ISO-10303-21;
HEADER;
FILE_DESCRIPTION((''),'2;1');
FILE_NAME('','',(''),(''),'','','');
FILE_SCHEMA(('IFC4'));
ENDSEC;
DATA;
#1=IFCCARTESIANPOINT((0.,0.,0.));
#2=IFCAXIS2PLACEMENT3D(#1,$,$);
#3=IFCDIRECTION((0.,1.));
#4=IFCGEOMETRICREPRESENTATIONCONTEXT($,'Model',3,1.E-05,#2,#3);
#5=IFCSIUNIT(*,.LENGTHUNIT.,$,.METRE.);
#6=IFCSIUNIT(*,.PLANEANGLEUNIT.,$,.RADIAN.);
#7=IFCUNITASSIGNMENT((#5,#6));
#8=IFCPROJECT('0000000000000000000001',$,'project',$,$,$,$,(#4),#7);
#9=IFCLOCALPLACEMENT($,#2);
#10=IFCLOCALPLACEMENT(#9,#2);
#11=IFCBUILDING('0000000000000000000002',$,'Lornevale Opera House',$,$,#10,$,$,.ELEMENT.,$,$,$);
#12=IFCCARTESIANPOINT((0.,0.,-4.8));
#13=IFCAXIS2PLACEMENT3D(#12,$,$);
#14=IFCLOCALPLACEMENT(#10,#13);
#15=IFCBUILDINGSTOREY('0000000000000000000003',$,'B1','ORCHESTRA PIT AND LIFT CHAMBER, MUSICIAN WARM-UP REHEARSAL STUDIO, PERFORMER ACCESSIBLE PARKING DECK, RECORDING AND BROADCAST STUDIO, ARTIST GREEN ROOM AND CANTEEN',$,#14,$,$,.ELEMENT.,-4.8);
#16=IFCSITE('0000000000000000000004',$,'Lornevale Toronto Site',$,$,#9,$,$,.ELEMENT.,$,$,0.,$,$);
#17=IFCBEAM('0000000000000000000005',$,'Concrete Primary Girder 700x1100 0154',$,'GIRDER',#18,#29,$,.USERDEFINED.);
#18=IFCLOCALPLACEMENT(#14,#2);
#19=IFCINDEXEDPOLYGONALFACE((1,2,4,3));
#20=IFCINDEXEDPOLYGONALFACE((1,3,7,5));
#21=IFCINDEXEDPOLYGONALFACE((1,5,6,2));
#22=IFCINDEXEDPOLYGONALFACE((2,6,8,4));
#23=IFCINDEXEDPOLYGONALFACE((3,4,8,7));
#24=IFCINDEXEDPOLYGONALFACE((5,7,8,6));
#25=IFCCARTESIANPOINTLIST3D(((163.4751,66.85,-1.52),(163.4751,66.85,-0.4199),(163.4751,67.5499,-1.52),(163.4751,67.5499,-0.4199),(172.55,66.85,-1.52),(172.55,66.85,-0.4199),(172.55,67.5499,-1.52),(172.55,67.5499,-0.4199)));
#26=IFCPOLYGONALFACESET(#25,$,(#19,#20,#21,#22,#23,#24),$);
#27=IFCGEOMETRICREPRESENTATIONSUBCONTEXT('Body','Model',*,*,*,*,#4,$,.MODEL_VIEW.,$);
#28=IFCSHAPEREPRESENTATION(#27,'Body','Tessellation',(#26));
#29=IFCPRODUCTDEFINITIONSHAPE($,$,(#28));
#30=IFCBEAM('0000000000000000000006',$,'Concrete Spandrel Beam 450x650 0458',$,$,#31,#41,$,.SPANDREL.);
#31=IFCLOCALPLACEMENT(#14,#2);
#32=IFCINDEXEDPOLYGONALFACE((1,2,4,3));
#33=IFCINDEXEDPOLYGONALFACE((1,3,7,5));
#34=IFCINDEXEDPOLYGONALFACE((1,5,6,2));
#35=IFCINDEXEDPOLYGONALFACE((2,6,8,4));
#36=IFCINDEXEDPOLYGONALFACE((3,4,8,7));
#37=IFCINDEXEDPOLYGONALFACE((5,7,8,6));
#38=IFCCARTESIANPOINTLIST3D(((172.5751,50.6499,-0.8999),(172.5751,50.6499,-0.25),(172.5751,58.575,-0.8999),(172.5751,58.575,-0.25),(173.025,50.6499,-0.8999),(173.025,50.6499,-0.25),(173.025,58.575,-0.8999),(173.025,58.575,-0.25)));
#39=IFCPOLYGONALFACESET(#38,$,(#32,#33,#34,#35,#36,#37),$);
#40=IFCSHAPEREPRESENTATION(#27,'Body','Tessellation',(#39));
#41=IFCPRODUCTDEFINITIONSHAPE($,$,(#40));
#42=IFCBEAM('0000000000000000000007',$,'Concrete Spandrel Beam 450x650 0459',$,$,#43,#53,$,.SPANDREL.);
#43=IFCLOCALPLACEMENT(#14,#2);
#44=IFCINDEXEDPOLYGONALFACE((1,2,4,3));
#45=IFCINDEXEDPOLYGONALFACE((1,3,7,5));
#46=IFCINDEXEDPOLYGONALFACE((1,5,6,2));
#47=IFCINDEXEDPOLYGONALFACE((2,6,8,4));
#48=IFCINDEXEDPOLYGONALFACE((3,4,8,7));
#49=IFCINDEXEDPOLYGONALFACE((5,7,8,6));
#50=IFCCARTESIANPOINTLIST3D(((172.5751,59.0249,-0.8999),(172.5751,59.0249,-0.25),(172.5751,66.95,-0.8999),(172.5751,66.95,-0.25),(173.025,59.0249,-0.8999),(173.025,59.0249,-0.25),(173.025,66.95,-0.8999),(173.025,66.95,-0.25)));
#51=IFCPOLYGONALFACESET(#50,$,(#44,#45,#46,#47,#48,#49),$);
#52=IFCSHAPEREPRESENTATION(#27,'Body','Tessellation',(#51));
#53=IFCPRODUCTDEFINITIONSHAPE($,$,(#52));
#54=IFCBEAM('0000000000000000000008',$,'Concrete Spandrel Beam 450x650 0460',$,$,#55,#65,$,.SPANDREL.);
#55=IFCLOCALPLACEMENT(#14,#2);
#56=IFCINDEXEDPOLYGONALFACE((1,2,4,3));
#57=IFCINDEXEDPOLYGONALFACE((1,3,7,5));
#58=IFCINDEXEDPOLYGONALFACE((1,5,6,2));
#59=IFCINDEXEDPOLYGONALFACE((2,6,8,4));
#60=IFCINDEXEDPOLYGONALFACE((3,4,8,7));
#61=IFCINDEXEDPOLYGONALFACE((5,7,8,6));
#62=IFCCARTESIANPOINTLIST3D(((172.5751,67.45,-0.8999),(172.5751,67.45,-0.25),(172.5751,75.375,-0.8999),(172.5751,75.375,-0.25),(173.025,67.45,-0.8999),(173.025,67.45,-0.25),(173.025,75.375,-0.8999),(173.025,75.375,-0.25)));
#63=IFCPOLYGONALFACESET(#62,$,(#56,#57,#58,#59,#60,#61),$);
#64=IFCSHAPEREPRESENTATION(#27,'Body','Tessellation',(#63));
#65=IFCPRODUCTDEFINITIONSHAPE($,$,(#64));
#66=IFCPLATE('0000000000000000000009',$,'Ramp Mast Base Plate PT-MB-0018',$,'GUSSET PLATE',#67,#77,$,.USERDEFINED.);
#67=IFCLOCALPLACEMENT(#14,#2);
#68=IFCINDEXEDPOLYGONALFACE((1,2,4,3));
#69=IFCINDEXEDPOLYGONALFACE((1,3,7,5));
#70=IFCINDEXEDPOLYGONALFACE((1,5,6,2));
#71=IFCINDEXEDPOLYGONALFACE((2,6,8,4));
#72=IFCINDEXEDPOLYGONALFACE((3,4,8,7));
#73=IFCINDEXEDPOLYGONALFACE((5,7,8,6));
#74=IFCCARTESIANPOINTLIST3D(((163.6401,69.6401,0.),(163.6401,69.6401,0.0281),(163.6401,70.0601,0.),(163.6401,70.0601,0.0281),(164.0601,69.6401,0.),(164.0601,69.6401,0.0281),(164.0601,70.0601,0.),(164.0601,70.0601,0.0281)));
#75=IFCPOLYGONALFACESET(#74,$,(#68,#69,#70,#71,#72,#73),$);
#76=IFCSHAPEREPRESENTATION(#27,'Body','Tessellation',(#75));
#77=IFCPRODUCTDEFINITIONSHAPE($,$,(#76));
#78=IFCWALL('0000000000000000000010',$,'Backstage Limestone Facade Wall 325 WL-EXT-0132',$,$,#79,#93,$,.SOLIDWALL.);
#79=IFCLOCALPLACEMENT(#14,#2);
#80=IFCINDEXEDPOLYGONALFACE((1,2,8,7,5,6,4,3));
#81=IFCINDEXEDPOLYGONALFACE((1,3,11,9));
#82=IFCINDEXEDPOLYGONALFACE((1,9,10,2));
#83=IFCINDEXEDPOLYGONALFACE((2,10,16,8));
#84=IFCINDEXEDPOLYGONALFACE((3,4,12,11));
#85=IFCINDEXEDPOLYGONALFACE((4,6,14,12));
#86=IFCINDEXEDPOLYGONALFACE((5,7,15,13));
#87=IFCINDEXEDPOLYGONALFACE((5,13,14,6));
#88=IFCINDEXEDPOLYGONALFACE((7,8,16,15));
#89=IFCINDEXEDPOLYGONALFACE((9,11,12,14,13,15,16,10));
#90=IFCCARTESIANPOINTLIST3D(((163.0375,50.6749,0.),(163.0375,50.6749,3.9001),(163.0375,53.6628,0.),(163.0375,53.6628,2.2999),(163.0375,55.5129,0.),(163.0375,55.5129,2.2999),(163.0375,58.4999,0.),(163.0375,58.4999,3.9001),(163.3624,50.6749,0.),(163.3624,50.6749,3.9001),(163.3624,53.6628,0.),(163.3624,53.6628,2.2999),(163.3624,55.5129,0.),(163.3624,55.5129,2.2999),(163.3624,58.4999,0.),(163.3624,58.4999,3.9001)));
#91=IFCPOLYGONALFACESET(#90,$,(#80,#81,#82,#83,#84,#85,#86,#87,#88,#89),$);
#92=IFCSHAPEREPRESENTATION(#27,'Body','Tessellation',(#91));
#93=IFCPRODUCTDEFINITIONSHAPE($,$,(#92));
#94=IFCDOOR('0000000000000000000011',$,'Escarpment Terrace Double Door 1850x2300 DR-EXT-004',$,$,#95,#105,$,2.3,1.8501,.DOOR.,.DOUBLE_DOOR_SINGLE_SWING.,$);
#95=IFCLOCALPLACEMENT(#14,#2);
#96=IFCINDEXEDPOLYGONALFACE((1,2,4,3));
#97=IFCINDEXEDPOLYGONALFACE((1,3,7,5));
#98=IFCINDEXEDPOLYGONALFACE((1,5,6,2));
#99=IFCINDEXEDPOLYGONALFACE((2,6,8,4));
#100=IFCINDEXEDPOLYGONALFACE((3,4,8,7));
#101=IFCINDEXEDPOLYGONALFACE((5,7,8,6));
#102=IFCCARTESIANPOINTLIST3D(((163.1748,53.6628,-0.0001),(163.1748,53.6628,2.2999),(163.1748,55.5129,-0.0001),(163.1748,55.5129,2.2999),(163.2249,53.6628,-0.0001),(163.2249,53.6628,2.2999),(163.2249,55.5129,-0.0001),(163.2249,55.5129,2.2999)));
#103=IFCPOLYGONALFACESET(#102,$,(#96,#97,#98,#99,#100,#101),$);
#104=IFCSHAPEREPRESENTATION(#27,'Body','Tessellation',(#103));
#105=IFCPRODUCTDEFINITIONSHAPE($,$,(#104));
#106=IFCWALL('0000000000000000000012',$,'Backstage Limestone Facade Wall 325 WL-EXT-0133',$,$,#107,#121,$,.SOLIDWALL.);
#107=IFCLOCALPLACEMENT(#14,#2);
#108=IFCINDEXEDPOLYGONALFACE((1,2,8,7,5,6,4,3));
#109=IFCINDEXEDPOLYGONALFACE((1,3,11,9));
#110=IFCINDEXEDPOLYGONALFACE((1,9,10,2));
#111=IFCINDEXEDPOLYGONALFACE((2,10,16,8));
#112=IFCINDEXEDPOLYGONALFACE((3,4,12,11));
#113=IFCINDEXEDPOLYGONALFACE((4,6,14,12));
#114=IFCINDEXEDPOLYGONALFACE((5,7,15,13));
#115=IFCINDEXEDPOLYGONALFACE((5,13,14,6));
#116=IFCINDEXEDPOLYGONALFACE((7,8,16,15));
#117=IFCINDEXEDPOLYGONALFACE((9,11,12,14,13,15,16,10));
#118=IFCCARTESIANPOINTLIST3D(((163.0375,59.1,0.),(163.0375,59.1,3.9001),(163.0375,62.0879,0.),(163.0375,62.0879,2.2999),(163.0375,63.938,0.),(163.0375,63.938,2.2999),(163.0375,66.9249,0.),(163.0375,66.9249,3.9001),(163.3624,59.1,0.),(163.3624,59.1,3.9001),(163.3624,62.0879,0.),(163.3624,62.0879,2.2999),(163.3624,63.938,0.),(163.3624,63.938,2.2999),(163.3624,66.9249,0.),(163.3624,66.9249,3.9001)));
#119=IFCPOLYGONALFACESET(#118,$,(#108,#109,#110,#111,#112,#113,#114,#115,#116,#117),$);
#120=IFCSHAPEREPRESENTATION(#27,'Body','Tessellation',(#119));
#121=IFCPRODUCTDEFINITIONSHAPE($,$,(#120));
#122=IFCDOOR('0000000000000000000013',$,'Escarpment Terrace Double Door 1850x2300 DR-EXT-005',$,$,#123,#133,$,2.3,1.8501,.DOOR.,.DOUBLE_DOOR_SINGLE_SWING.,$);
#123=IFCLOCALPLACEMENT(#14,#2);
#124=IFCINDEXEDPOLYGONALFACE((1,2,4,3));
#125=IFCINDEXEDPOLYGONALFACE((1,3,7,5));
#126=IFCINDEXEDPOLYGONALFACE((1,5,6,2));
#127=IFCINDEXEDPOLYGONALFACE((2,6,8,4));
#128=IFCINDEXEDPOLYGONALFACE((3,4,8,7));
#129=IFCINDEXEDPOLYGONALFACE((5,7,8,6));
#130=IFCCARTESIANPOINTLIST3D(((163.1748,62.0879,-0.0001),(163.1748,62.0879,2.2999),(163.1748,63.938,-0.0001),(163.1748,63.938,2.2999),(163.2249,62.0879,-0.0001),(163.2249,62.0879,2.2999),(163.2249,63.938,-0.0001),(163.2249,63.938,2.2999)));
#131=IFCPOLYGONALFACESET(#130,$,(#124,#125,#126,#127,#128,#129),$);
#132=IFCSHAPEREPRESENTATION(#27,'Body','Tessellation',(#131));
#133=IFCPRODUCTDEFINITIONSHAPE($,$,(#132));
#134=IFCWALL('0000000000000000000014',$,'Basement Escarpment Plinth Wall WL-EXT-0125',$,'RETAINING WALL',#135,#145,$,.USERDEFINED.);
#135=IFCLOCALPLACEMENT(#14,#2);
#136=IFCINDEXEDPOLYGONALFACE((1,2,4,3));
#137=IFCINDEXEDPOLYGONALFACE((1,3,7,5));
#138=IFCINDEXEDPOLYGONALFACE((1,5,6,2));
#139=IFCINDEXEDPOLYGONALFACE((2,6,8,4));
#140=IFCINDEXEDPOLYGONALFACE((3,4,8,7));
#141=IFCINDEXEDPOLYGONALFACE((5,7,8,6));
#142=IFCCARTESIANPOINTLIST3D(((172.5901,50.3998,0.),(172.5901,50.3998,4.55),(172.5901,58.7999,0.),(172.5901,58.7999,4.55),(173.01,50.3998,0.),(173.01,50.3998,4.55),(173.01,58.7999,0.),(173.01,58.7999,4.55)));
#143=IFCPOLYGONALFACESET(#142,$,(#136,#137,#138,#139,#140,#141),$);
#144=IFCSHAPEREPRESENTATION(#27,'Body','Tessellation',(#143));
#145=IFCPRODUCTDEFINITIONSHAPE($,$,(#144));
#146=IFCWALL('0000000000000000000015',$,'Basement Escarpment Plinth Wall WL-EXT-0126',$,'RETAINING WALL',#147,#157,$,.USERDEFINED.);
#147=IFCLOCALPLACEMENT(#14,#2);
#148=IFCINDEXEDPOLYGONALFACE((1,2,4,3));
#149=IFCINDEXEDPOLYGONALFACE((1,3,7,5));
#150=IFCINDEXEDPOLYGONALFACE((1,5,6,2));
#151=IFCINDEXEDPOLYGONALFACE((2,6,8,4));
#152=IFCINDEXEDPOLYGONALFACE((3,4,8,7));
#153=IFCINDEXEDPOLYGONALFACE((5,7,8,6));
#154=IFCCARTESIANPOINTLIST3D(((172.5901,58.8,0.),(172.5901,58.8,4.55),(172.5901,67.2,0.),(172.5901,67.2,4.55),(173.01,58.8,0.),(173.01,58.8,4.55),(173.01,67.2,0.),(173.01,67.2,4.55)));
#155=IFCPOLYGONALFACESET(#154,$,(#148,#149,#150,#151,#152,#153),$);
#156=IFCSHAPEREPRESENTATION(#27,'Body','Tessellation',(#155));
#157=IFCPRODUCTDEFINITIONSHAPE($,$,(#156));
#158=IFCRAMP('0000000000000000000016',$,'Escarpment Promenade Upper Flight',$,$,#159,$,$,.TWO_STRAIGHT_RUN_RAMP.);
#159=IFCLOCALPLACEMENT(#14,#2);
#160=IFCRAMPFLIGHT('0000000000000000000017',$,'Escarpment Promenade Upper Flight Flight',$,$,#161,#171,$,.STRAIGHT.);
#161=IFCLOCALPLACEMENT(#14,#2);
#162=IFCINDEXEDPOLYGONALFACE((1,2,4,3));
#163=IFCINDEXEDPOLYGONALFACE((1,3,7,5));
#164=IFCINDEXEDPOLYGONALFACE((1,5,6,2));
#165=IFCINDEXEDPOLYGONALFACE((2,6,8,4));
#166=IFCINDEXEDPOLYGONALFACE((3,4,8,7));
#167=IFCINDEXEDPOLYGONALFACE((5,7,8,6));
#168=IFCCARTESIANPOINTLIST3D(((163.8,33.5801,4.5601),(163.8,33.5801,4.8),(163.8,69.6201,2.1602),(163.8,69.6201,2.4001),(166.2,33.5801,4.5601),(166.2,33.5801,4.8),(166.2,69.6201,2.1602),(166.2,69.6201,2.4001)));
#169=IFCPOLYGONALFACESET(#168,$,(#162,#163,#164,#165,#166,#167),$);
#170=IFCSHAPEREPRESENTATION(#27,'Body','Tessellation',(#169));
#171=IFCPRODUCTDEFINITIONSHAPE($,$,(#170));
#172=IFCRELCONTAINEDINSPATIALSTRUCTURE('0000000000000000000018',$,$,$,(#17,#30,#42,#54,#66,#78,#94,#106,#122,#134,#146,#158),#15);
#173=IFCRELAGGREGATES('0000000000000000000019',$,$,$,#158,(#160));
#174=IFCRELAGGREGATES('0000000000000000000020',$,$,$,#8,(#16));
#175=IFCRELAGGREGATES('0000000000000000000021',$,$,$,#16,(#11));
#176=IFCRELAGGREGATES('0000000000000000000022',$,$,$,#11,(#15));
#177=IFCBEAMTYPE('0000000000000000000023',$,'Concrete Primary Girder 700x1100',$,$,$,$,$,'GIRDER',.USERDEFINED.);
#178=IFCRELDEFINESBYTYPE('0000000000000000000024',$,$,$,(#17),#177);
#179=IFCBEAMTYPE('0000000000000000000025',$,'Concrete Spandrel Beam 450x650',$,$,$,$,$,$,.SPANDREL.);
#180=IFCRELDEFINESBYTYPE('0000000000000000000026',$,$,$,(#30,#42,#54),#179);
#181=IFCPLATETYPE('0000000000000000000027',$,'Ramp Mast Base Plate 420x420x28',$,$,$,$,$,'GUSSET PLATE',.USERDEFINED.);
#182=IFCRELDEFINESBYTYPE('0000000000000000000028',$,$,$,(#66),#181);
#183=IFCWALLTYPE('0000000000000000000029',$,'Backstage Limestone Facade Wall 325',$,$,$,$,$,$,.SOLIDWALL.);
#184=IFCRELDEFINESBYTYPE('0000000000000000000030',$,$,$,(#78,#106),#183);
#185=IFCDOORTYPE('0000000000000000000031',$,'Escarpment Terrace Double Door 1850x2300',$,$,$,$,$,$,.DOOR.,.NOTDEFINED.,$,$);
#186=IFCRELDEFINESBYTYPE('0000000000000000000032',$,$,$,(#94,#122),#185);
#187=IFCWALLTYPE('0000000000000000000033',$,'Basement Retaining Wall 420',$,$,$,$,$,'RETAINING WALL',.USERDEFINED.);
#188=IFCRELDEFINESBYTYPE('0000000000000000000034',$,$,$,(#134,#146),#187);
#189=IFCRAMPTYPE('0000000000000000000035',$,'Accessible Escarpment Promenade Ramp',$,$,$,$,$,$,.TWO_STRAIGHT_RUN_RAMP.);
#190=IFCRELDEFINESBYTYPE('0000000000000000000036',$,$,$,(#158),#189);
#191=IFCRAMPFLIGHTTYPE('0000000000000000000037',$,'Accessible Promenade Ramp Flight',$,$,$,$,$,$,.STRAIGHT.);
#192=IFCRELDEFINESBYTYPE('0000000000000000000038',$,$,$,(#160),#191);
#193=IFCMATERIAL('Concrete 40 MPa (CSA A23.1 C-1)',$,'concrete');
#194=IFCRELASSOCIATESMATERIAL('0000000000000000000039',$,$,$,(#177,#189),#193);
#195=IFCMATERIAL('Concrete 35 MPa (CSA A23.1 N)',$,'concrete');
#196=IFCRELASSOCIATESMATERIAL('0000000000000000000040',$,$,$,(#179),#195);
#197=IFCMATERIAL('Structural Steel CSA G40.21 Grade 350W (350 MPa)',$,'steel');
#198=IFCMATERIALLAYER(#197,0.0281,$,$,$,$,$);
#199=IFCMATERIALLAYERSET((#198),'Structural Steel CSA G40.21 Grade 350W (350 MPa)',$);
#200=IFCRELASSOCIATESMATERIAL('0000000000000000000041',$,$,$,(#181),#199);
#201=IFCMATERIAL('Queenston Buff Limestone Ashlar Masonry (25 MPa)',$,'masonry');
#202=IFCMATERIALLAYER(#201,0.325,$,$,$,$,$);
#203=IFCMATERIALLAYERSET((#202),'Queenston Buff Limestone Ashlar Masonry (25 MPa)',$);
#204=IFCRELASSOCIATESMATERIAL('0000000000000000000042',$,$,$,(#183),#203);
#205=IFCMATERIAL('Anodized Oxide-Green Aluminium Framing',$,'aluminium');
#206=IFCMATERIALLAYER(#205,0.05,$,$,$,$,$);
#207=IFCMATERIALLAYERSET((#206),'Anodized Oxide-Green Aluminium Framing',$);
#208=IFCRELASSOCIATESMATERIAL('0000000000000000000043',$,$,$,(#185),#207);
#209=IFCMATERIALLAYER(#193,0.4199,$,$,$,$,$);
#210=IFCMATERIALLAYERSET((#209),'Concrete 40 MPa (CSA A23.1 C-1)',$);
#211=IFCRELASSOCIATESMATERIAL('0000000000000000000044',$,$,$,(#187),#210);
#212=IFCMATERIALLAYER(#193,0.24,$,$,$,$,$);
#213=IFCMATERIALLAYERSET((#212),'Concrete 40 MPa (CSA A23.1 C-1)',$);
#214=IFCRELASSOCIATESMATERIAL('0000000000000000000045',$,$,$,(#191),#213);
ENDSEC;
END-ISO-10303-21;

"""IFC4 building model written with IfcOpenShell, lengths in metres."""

from ifc_helpers import new_model, si_unit, direction, frame, frame_2d, origin, origin_2d, place, context, subcontext, project, spatial, polyline, rectangle, outline, extrude, material, layer, layer_set, material_profile, profile_set, type_object, element, fill, aggregate, save


model = new_model("IFC4")

# Units and contexts
model_context = context("Model", 3, precision=1e-05, world=origin(), true_north=direction((0.0, 1.0)))
body_context = subcontext(model_context, "Body", "Model", "MODEL_VIEW")
ifc_project = project(units=[si_unit("LENGTHUNIT", "METRE"), si_unit("PLANEANGLEUNIT", "RADIAN")], contexts=[model_context])

# Site, building, storey
site_placement = place(None, origin())
site = spatial("IfcSite", under=ifc_project, at=site_placement, Name="Lornevale Toronto Site", CompositionType="ELEMENT", RefElevation=0.0)
building_placement = place(site_placement, origin())
building = spatial("IfcBuilding", under=site, at=building_placement, Name="Lornevale Opera House", CompositionType="ELEMENT")
storey_placement = place(building_placement, frame((0.0, 0.0, -4.8)))
storey = spatial("IfcBuildingStorey", under=building, at=storey_placement, Name="B1", Description="ORCHESTRA PIT AND LIFT CHAMBER, MUSICIAN WARM-UP REHEARSAL STUDIO, PERFORMER ACCESSIBLE PARKING DECK, RECORDING AND BROADCAST STUDIO, ARTIST GREEN ROOM AND CANTEEN", CompositionType="ELEMENT", Elevation=-4.8)

# Shared definitions
ifc_material_1 = material(Name="Concrete 35 MPa (CSA A23.1 N)", Category="concrete")
ifc_material_2 = material(Name="Structural Steel CSA G40.21 Grade 350W (350 MPa)", Category="steel")

# Beams
ifc_material_3 = material(Name="Concrete 40 MPa (CSA A23.1 C-1)", Category="concrete")
ifc_material_profile_1 = material_profile(ifc_material_3, rectangle(XDim=0.7, YDim=1.1001, at=origin_2d()), Name="RC700x1100")
ifc_profile_set_1 = profile_set([ifc_material_profile_1], Name="Concrete 40 MPa (CSA A23.1 C-1)")
beam_type_1 = type_object("IfcBeamType", Name="Concrete Primary Girder 700x1100", ElementType="GIRDER", PredefinedType="USERDEFINED", material=ifc_profile_set_1)
beam_1_placement = place(storey_placement, frame((163.4751, 67.2, -0.97), z_axis=(1.0, 0.0, 0.0), x_axis=(0.0, 1.0, 0.0)))
element("IfcBeam", 1, at=beam_1_placement, inside=storey, type_object=beam_type_1, Name="Concrete Primary Girder 700x1100 0154", ObjectType="GIRDER", PredefinedType="USERDEFINED", context=body_context, shape_type="SweptSolid", body=[
    extrude(rectangle(XDim=0.7, YDim=1.1001, at=origin_2d()), origin(), (0.0, 0.0, 1.0), 9.075),
])
ifc_material_profile_2 = material_profile(ifc_material_1, rectangle(XDim=0.45, YDim=0.6499, at=origin_2d()), Name="RC450x650")
ifc_profile_set_2 = profile_set([ifc_material_profile_2], Name="Concrete 35 MPa (CSA A23.1 N)")
beam_type_2 = type_object("IfcBeamType", Name="Concrete Spandrel Beam 450x650", PredefinedType="SPANDREL", material=ifc_profile_set_2)
for number, where, z_axis, x_axis, name in (
    (2, (172.8, 50.6499, -0.575), (0.0, 1.0, 0.0), (-1.0, 0.0, 0.0), "Concrete Spandrel Beam 450x650 0458"),
    (3, (172.8, 59.0249, -0.575), (0.0, 1.0, 0.0), (-1.0, 0.0, 0.0), "Concrete Spandrel Beam 450x650 0459"),
    (4, (172.8, 67.45, -0.575), (0.0, 1.0, 0.0), (-1.0, 0.0, 0.0), "Concrete Spandrel Beam 450x650 0460"),
):
    element("IfcBeam", number, at=place(storey_placement, frame(where, z_axis=z_axis, x_axis=x_axis)), inside=storey, type_object=beam_type_2, Name=name, PredefinedType="SPANDREL", context=body_context, shape_type="SweptSolid", body=[
        extrude(rectangle(XDim=0.45, YDim=0.6499, at=origin_2d()), origin(), (0.0, 0.0, 1.0), 7.925),
    ])

# Plate
ifc_layer_1 = layer(ifc_material_2, 0.0281)
ifc_layer_set_1 = layer_set([ifc_layer_1], Name="Structural Steel CSA G40.21 Grade 350W (350 MPa)")
plate_type = type_object("IfcPlateType", Name="Ramp Mast Base Plate 420x420x28", ElementType="GUSSET PLATE", PredefinedType="USERDEFINED", material=ifc_layer_set_1)
plate_placement = place(storey_placement, frame((163.8501, 69.8501, 0.0), z_axis=(0.0, 0.0, 1.0), x_axis=(1.0, 0.0, 0.0)))
element("IfcPlate", 5, at=plate_placement, inside=storey, type_object=plate_type, Name="Ramp Mast Base Plate PT-MB-0018", ObjectType="GUSSET PLATE", PredefinedType="USERDEFINED", context=body_context, shape_type="SweptSolid", body=[
    extrude(rectangle(XDim=0.4199, YDim=0.4199, at=origin_2d()), origin(), (0.0, 0.0, 1.0), 0.0281),
])

# Walls, openings, doors
ifc_material_4 = material(Name="Queenston Buff Limestone Ashlar Masonry (25 MPa)", Category="masonry")
ifc_layer_2 = layer(ifc_material_4, 0.325)
ifc_layer_set_2 = layer_set([ifc_layer_2], Name="Queenston Buff Limestone Ashlar Masonry (25 MPa)")
wall_type_1 = type_object("IfcWallType", Name="Backstage Limestone Facade Wall 325", PredefinedType="SOLIDWALL", material=ifc_layer_set_2)
wall_1_placement = place(storey_placement, frame((163.2, 58.5, 0.0), z_axis=(0.0, 0.0, 1.0), x_axis=(0.0, -1.0, 0.0)))
wall_1 = element("IfcWall", 6, at=wall_1_placement, inside=storey, type_object=wall_type_1, Name="Backstage Limestone Facade Wall 325 WL-EXT-0132", PredefinedType="SOLIDWALL", context=body_context, shape_type="SweptSolid", body=[
    extrude(rectangle(XDim=7.825, YDim=0.325, at=frame_2d((3.9126, 0.0))), origin(), (0.0, 0.0, 1.0), 3.9001),
])
opening_1_placement = place(wall_1_placement, frame((2.9871, 0.0, 0.0)))
opening_1 = element("IfcOpeningElement", 7, at=opening_1_placement, cuts=wall_1, PredefinedType="OPENING", context=body_context, shape_type="SweptSolid", body=[
    extrude(rectangle(XDim=1.8501, YDim=2.3, at=frame_2d((0.925, 1.1499))), frame((0.0, 0.1724, 0.0), z_axis=(0.0, -1.0, 0.0), x_axis=(1.0, 0.0, 0.0)), (0.0, 0.0, 1.0), 0.345),
])
ifc_material_5 = material(Name="Anodized Oxide-Green Aluminium Framing", Category="aluminium")
ifc_layer_3 = layer(ifc_material_5, 0.05)
ifc_layer_set_3 = layer_set([ifc_layer_3], Name="Anodized Oxide-Green Aluminium Framing")
door_type = type_object("IfcDoorType", Name="Escarpment Terrace Double Door 1850x2300", OperationType="NOTDEFINED", PredefinedType="DOOR", material=ifc_layer_set_3)
door_1_placement = place(opening_1_placement, origin())
door_1 = element("IfcDoor", 8, at=door_1_placement, inside=storey, type_object=door_type, Name="Escarpment Terrace Double Door 1850x2300 DR-EXT-004", OperationType="DOUBLE_DOOR_SINGLE_SWING", OverallHeight=2.3, OverallWidth=1.8501, PredefinedType="DOOR", context=body_context, shape_type="SweptSolid", body=[
    extrude(rectangle(XDim=1.8501, YDim=2.3, at=frame_2d((0.925, 1.1499))), frame((0.0, 0.0249, 0.0), z_axis=(0.0, -1.0, 0.0), x_axis=(1.0, 0.0, 0.0)), (0.0, 0.0, 1.0), 0.05),
])
fill(opening_1, door_1)
wall_2_placement = place(storey_placement, frame((163.2, 66.925, 0.0), z_axis=(0.0, 0.0, 1.0), x_axis=(0.0, -1.0, 0.0)))
wall_2 = element("IfcWall", 9, at=wall_2_placement, inside=storey, type_object=wall_type_1, Name="Backstage Limestone Facade Wall 325 WL-EXT-0133", PredefinedType="SOLIDWALL", context=body_context, shape_type="SweptSolid", body=[
    extrude(rectangle(XDim=7.825, YDim=0.325, at=frame_2d((3.9126, 0.0))), origin(), (0.0, 0.0, 1.0), 3.9001),
])
opening_2_placement = place(wall_2_placement, frame((2.9871, 0.0, 0.0)))
opening_2 = element("IfcOpeningElement", 10, at=opening_2_placement, cuts=wall_2, PredefinedType="OPENING", context=body_context, shape_type="SweptSolid", body=[
    extrude(rectangle(XDim=1.8501, YDim=2.3, at=frame_2d((0.925, 1.1499))), frame((0.0, 0.1724, 0.0), z_axis=(0.0, -1.0, 0.0), x_axis=(1.0, 0.0, 0.0)), (0.0, 0.0, 1.0), 0.345),
])
door_2_placement = place(opening_2_placement, origin())
door_2 = element("IfcDoor", 11, at=door_2_placement, inside=storey, type_object=door_type, Name="Escarpment Terrace Double Door 1850x2300 DR-EXT-005", OperationType="DOUBLE_DOOR_SINGLE_SWING", OverallHeight=2.3, OverallWidth=1.8501, PredefinedType="DOOR", context=body_context, shape_type="SweptSolid", body=[
    extrude(rectangle(XDim=1.8501, YDim=2.3, at=frame_2d((0.925, 1.1499))), frame((0.0, 0.0249, 0.0), z_axis=(0.0, -1.0, 0.0), x_axis=(1.0, 0.0, 0.0)), (0.0, 0.0, 1.0), 0.05),
])
fill(opening_2, door_2)

# Walls
ifc_layer_4 = layer(ifc_material_3, 0.4199)
ifc_layer_set_4 = layer_set([ifc_layer_4], Name="Concrete 40 MPa (CSA A23.1 C-1)")
wall_type_2 = type_object("IfcWallType", Name="Basement Retaining Wall 420", ElementType="RETAINING WALL", PredefinedType="USERDEFINED", material=ifc_layer_set_4)
wall_3_placement = place(storey_placement, frame((172.8, 58.8, 0.0), z_axis=(0.0, 0.0, 1.0), x_axis=(0.0, -1.0, 0.0)))
element("IfcWall", 12, at=wall_3_placement, inside=storey, type_object=wall_type_2, Name="Basement Escarpment Plinth Wall WL-EXT-0125", ObjectType="RETAINING WALL", PredefinedType="USERDEFINED", context=body_context, shape_type="SweptSolid", body=[
    extrude(rectangle(XDim=8.4001, YDim=0.4199, at=frame_2d((4.2002, 0.0))), origin(), (0.0, 0.0, 1.0), 4.55),
])
wall_4_placement = place(storey_placement, frame((172.8, 67.2, 0.0), z_axis=(0.0, 0.0, 1.0), x_axis=(0.0, -1.0, 0.0)))
element("IfcWall", 13, at=wall_4_placement, inside=storey, type_object=wall_type_2, Name="Basement Escarpment Plinth Wall WL-EXT-0126", ObjectType="RETAINING WALL", PredefinedType="USERDEFINED", context=body_context, shape_type="SweptSolid", body=[
    extrude(rectangle(XDim=8.3999, YDim=0.4199, at=frame_2d((4.2, 0.0))), origin(), (0.0, 0.0, 1.0), 4.55),
])

# Ramp, ramp flight
ramp_type = type_object("IfcRampType", Name="Accessible Escarpment Promenade Ramp", PredefinedType="TWO_STRAIGHT_RUN_RAMP", material=ifc_material_3)
ramp_placement = place(storey_placement, origin())
ramp = element("IfcRamp", 14, at=ramp_placement, inside=storey, type_object=ramp_type, Name="Escarpment Promenade Upper Flight", PredefinedType="TWO_STRAIGHT_RUN_RAMP")
ifc_layer_5 = layer(ifc_material_3, 0.24)
ifc_layer_set_5 = layer_set([ifc_layer_5], Name="Concrete 40 MPa (CSA A23.1 C-1)")
ramp_flight_type = type_object("IfcRampFlightType", Name="Accessible Promenade Ramp Flight", PredefinedType="STRAIGHT", material=ifc_layer_set_5)
ramp_flight_placement = place(storey_placement, frame((165.0, 69.6201, 2.4001), z_axis=(0.0, 0.0, 1.0), x_axis=(0.0, -1.0, 0.0)))
ramp_flight = element("IfcRampFlight", 15, at=ramp_flight_placement, type_object=ramp_flight_type, Name="Escarpment Promenade Upper Flight Flight", PredefinedType="STRAIGHT", context=body_context, shape_type="SweptSolid", body=[
    extrude(outline(polyline([(0.0, 0.0), (36.04, 2.3999), (36.04, 2.1599), (0.0, -0.24), (0.0, 0.0)])), frame((0.0, 1.2, 0.0), z_axis=(0.0, -1.0, 0.0), x_axis=(1.0, 0.0, 0.0)), (0.0, 0.0, 1.0), 2.3999),
])
aggregate(ramp, [ramp_flight])

save(model, "model.ifc")
